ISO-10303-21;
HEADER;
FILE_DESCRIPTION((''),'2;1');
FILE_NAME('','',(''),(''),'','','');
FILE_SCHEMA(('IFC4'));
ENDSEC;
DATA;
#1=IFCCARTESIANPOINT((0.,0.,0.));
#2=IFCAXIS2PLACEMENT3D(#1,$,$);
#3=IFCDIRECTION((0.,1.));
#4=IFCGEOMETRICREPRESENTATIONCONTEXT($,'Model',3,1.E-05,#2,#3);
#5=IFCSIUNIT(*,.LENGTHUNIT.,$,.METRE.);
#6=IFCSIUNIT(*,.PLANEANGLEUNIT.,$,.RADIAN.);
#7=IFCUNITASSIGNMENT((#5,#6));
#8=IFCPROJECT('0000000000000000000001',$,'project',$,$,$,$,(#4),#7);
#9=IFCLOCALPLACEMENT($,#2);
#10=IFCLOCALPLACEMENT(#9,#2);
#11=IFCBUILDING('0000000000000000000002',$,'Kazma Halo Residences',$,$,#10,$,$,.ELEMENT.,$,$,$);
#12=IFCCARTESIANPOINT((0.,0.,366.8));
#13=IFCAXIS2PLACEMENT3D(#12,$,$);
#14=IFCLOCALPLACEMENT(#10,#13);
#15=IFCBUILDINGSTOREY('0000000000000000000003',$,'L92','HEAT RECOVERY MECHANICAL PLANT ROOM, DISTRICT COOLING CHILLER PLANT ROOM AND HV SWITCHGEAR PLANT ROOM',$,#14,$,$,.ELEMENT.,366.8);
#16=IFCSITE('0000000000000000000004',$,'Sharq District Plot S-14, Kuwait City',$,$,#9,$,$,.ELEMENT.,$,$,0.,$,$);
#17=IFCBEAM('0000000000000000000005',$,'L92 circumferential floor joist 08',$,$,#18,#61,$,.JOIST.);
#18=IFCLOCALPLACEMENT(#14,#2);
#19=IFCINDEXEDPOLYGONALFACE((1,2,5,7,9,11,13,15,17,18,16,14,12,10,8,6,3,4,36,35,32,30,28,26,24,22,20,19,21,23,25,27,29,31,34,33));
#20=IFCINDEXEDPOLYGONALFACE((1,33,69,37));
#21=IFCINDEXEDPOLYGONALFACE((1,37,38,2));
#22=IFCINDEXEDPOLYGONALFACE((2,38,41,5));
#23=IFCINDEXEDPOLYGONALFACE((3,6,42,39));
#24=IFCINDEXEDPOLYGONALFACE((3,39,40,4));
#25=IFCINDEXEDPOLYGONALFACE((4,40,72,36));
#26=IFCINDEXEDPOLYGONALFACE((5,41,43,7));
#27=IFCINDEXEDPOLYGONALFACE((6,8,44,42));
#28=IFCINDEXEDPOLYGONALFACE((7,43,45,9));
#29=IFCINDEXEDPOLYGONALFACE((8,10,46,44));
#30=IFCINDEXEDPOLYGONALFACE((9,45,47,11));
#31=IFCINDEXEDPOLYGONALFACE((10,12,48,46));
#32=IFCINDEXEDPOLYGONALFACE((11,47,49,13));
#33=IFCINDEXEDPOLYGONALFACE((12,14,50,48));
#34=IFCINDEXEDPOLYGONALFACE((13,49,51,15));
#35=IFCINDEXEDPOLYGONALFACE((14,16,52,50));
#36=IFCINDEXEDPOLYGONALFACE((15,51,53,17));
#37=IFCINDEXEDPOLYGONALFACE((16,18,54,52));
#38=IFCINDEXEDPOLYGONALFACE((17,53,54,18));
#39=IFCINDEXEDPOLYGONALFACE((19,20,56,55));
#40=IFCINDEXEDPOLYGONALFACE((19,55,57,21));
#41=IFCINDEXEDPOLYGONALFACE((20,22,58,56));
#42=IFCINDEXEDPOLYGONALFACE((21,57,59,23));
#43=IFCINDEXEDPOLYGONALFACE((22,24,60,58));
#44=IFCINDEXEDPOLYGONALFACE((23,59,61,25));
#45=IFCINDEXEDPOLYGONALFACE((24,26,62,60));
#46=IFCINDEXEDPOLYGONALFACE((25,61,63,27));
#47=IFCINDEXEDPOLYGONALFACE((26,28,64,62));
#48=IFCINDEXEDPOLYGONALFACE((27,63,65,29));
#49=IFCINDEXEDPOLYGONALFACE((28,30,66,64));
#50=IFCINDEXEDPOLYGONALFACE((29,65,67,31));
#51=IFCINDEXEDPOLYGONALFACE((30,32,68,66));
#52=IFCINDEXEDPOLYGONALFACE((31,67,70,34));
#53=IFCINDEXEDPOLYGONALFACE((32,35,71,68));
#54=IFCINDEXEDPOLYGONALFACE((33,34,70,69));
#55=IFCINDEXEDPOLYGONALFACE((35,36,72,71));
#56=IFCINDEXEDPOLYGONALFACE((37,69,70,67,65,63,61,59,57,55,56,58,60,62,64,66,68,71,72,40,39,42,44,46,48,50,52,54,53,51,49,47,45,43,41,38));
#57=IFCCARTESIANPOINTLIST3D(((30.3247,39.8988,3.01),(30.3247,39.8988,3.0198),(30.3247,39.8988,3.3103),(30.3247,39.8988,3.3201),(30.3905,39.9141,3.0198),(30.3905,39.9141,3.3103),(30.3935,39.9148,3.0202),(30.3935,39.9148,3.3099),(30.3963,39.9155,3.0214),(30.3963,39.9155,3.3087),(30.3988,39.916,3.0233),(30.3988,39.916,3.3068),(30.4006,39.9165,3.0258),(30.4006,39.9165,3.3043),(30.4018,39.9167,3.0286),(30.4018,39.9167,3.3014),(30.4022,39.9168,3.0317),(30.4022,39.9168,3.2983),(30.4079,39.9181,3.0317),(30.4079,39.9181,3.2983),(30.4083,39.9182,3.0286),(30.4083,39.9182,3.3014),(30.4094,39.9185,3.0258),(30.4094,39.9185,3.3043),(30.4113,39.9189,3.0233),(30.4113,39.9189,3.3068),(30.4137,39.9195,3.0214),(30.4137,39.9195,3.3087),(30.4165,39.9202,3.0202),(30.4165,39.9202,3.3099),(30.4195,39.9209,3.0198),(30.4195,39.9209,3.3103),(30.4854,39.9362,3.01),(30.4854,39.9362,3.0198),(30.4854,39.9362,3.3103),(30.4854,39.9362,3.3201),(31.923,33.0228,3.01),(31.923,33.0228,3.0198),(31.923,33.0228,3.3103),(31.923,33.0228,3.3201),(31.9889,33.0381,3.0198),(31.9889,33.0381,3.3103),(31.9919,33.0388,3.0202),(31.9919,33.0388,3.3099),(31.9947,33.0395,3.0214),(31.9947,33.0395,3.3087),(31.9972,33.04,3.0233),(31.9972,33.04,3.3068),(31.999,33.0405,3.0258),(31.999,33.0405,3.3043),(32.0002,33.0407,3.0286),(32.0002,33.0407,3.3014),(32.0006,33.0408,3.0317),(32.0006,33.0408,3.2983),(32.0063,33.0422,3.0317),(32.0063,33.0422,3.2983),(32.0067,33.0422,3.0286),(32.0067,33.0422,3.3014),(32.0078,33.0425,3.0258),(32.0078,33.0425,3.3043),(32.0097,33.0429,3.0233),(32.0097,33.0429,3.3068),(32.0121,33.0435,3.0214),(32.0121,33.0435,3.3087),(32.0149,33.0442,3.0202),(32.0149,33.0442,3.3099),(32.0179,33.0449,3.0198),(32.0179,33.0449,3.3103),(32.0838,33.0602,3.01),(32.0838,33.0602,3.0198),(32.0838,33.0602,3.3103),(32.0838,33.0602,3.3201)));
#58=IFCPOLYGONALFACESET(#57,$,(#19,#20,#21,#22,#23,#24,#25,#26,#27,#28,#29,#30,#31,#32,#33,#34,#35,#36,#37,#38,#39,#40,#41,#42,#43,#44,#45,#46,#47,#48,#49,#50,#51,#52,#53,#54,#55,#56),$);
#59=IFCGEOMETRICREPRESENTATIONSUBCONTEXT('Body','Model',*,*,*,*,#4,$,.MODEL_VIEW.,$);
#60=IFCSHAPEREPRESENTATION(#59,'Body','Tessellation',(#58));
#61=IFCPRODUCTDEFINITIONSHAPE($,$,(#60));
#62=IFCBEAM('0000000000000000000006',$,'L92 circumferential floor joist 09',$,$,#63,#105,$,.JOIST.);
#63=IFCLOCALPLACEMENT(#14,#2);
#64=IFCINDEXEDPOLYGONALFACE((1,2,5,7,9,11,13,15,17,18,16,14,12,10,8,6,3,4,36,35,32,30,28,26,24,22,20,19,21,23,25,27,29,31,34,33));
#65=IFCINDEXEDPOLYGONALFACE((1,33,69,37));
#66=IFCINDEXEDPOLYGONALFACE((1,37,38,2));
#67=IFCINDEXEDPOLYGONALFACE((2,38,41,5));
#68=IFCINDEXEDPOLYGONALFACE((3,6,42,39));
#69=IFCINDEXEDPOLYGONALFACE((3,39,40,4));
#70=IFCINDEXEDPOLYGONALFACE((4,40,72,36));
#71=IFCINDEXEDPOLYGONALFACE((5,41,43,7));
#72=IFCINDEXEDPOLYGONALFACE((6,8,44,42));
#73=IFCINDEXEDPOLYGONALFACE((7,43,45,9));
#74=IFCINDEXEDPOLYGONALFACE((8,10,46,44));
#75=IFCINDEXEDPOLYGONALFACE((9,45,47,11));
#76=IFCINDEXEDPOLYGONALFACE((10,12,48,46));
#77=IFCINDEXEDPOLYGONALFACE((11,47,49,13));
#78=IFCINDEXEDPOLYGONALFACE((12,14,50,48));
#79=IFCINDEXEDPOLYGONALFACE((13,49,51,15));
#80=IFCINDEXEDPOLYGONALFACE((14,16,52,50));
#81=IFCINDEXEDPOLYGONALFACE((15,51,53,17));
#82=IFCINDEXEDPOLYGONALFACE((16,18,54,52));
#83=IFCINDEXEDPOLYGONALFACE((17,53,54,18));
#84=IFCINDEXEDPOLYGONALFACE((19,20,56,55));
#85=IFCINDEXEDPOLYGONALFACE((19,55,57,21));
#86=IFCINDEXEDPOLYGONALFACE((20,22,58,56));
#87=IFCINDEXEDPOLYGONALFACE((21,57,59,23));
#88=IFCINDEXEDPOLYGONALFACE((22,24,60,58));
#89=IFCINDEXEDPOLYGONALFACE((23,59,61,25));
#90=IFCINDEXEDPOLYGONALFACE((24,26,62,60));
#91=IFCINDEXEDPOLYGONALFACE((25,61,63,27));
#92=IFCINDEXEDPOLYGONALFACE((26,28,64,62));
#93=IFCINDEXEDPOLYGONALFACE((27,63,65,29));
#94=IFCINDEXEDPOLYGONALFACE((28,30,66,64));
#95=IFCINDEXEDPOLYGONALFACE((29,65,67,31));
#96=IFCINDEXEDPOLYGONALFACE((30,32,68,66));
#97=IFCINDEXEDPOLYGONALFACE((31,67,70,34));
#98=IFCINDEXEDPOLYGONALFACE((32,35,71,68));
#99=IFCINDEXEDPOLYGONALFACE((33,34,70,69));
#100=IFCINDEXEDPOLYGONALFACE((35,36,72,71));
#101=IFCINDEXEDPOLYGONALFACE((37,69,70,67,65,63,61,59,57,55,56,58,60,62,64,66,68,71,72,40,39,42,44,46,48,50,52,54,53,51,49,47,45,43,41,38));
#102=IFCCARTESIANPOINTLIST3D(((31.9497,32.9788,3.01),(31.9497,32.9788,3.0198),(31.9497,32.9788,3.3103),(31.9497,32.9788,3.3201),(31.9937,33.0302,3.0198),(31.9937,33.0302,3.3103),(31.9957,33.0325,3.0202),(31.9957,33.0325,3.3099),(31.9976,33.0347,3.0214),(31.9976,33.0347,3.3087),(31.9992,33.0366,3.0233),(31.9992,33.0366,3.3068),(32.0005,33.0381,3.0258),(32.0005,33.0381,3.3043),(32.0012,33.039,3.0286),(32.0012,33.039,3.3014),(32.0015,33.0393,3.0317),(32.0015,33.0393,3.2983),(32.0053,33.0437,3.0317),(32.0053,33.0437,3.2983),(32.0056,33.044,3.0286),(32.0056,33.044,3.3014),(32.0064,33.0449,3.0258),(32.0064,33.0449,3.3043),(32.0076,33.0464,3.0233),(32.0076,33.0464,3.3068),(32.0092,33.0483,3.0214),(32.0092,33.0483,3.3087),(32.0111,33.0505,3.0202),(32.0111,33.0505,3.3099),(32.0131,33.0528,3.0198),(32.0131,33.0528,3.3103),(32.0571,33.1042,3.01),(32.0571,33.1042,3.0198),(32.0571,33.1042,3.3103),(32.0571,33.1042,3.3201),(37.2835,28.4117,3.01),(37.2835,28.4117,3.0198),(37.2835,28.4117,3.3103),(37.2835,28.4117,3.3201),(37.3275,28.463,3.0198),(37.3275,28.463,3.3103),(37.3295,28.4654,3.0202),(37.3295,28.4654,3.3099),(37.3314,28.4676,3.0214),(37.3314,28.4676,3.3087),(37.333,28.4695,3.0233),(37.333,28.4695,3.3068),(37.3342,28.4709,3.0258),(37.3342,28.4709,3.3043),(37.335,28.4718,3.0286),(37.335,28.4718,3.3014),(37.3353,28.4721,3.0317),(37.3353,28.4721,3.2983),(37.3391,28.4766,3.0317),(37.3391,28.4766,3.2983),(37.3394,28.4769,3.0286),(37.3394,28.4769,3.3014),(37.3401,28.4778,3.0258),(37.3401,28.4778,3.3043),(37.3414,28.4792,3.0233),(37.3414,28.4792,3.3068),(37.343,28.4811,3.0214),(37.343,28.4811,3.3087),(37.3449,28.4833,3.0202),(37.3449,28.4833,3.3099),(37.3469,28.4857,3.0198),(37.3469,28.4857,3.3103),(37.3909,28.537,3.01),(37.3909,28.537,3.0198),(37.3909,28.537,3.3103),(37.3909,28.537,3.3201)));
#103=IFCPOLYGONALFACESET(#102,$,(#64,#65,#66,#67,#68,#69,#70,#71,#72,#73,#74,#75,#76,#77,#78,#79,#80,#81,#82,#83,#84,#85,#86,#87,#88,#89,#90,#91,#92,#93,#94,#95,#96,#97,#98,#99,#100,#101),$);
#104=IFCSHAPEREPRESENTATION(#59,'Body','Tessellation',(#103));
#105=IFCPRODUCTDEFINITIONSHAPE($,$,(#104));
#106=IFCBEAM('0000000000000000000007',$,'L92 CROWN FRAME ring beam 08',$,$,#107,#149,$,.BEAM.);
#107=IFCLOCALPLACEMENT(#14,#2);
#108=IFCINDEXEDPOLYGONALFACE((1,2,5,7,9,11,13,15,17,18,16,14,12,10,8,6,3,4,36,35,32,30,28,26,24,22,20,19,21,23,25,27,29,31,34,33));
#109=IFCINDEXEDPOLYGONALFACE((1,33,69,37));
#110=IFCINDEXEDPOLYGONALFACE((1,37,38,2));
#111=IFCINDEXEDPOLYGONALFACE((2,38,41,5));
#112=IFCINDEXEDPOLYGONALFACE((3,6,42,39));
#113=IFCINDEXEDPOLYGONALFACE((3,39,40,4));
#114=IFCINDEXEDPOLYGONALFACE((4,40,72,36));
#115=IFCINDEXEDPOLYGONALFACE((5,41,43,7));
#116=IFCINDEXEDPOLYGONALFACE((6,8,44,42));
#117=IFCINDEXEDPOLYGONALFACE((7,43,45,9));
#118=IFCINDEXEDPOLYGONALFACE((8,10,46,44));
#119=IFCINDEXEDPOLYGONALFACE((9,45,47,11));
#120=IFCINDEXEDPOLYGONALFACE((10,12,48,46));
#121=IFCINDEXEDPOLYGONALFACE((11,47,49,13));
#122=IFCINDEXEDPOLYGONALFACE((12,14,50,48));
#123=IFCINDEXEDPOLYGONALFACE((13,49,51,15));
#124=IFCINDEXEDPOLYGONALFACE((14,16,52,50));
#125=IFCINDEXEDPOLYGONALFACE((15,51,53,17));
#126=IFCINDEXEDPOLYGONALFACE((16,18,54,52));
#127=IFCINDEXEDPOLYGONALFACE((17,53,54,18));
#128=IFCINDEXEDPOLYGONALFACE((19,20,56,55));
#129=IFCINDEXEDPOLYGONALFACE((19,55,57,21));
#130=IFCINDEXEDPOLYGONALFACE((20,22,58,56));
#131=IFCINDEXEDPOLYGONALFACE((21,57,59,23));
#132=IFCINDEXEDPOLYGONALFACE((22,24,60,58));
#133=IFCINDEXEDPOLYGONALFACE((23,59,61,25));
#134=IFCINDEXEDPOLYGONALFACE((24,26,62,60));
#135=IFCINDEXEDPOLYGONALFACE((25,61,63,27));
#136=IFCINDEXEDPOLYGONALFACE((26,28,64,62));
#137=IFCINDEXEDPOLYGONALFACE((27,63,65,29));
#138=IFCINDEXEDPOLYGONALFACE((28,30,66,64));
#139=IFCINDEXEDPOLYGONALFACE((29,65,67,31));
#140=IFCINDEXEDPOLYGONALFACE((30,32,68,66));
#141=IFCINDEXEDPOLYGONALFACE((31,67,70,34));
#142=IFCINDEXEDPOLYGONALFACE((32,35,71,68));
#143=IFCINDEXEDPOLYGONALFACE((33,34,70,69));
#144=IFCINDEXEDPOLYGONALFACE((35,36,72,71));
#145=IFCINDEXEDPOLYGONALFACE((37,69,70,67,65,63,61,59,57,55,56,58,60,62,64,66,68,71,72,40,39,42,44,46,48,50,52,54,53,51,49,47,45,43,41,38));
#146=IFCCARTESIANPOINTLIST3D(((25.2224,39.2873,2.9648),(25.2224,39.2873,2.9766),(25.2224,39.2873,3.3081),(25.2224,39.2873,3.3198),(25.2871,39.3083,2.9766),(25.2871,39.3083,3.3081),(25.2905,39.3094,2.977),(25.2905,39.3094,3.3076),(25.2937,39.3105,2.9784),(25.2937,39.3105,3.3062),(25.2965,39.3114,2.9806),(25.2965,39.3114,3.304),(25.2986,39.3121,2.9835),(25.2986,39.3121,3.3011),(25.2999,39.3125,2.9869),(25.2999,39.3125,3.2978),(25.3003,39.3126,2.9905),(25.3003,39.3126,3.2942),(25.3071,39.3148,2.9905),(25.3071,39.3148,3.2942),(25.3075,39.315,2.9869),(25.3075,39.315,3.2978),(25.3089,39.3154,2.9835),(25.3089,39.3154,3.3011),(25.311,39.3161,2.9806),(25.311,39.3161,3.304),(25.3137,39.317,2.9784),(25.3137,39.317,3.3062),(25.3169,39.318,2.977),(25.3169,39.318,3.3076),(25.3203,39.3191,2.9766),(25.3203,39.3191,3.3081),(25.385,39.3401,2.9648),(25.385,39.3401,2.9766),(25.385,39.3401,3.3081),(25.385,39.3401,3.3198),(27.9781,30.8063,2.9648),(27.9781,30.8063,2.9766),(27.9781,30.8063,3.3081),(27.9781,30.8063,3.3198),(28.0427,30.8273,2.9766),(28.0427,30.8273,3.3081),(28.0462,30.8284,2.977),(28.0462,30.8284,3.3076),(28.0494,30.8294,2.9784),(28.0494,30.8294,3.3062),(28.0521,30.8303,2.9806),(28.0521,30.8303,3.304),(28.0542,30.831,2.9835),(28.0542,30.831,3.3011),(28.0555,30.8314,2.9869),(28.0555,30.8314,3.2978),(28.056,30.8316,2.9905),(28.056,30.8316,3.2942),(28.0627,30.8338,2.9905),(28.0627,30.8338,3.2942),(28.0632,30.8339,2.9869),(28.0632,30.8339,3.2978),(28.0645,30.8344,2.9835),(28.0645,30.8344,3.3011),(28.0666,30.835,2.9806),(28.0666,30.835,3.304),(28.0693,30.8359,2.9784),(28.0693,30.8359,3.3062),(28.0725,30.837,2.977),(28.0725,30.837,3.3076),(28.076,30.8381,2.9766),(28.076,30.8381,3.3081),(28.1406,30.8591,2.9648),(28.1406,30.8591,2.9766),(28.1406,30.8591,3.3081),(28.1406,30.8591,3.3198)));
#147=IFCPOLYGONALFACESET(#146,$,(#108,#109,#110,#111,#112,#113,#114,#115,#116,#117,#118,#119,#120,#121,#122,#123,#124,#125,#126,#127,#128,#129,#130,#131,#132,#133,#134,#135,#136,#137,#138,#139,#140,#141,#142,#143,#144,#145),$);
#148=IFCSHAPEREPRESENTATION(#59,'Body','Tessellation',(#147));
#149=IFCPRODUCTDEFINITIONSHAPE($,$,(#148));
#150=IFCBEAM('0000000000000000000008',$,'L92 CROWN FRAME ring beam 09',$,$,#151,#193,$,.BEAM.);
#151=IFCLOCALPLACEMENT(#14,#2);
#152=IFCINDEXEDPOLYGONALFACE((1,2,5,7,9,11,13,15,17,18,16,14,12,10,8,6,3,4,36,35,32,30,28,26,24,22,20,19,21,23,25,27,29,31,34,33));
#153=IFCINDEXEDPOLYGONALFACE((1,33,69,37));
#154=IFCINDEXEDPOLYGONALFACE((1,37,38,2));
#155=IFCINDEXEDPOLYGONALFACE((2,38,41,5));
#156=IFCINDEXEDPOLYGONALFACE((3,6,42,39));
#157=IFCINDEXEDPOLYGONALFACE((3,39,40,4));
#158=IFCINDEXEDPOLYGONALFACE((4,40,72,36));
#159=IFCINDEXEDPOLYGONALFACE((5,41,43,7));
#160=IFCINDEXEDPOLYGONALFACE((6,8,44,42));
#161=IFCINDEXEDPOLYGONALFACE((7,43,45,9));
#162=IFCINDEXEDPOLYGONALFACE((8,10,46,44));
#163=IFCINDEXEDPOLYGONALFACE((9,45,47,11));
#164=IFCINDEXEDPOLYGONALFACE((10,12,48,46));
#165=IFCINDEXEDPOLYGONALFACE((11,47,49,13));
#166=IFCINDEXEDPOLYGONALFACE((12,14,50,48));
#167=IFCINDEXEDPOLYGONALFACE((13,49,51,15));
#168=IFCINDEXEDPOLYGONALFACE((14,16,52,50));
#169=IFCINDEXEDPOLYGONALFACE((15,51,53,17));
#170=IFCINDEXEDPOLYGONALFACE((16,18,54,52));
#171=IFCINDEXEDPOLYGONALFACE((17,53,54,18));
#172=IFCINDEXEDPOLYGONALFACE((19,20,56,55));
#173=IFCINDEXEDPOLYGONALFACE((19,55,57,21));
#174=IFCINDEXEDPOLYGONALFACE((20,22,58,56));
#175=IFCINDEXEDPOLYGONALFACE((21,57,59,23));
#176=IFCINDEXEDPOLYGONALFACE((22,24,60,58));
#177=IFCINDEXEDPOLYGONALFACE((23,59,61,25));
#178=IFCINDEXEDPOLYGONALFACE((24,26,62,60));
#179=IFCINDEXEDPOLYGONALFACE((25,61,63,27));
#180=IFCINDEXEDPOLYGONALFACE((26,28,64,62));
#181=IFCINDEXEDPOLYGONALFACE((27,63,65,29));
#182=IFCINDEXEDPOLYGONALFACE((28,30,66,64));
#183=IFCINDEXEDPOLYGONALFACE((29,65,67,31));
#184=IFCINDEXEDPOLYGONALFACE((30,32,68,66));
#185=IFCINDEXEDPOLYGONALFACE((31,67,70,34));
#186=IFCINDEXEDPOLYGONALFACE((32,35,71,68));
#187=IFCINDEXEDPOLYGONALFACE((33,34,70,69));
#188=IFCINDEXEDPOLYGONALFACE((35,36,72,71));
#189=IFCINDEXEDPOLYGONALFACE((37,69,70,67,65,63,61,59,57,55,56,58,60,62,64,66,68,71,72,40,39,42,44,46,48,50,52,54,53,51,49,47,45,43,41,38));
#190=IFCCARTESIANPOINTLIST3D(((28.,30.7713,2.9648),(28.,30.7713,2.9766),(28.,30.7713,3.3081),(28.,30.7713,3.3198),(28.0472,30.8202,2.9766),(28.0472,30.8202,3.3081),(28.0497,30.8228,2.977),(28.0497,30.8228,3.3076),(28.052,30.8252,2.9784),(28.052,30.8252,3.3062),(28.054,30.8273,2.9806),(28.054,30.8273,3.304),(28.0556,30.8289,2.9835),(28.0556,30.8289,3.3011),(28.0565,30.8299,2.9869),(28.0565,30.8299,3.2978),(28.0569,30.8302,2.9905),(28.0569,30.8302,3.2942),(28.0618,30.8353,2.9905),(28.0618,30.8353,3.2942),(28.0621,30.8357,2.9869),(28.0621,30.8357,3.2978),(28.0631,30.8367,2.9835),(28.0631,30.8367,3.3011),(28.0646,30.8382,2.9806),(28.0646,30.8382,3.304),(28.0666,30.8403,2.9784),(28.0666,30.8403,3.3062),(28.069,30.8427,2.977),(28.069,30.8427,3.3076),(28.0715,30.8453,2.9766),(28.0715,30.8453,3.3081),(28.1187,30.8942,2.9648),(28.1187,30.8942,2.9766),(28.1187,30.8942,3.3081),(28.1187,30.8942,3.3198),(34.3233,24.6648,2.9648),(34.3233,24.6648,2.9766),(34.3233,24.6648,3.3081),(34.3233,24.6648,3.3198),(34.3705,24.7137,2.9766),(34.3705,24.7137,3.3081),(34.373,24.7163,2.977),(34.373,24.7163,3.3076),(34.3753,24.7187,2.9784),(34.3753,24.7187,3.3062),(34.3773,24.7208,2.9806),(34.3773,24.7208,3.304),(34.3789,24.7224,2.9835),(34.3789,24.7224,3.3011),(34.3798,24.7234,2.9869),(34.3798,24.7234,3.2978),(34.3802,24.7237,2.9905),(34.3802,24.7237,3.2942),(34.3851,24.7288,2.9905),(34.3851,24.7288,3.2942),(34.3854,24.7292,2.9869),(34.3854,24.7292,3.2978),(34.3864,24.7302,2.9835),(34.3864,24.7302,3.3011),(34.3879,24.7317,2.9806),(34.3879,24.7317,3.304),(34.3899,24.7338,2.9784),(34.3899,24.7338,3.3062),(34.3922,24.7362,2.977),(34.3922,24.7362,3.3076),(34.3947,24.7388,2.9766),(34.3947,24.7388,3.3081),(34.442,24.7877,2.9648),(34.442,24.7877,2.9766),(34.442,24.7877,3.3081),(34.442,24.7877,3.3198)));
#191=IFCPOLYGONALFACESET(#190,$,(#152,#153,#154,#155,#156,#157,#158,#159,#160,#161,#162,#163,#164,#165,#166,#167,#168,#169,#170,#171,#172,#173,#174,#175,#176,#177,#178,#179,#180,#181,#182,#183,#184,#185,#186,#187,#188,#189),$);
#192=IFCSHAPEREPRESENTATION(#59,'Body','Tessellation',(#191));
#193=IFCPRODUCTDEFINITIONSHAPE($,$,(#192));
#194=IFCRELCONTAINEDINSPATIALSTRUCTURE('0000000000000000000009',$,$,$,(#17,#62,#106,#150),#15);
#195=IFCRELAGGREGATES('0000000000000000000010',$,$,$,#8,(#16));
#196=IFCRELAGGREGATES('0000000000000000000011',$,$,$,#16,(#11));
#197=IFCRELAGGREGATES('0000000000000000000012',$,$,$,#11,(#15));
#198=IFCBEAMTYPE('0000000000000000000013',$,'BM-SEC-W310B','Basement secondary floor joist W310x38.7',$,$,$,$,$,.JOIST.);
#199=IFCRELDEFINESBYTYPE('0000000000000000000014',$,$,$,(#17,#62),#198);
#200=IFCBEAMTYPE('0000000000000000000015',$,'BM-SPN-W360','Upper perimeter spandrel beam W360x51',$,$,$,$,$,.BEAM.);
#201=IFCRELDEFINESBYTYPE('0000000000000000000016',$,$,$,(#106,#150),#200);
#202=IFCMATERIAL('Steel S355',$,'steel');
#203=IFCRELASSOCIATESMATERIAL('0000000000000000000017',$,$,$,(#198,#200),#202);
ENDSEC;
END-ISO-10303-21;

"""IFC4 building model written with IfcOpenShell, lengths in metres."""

from ifc_helpers import new_model, si_unit, direction, frame, origin, origin_2d, place, context, subcontext, project, spatial, i_section, extrude, material, material_profile, profile_set, type_object, element, save


model = new_model("IFC4")

# Units and contexts
model_context = context("Model", 3, precision=1e-05, world=origin(), true_north=direction((0.0, 1.0)))
body_context = subcontext(model_context, "Body", "Model", "MODEL_VIEW")
ifc_project = project(units=[si_unit("LENGTHUNIT", "METRE"), si_unit("PLANEANGLEUNIT", "RADIAN")], contexts=[model_context])

# Site, building, storey
site_placement = place(None, origin())
site = spatial("IfcSite", under=ifc_project, at=site_placement, Name="Sharq District Plot S-14, Kuwait City", CompositionType="ELEMENT", RefElevation=0.0)
building_placement = place(site_placement, origin())
building = spatial("IfcBuilding", under=site, at=building_placement, Name="Kazma Halo Residences", CompositionType="ELEMENT")
storey_placement = place(building_placement, frame((0.0, 0.0, 366.8)))
storey = spatial("IfcBuildingStorey", under=building, at=storey_placement, Name="L92", Description="HEAT RECOVERY MECHANICAL PLANT ROOM, DISTRICT COOLING CHILLER PLANT ROOM AND HV SWITCHGEAR PLANT ROOM", CompositionType="ELEMENT", Elevation=366.8)

# Shared definitions
ifc_material_1 = material(Name="Steel S355", Category="steel")

# Beams
ifc_material_profile_1 = material_profile(ifc_material_1, i_section(OverallWidth=0.165, OverallDepth=0.3101, WebThickness=0.0059, FlangeThickness=0.0098, FilletRadius=0.012, at=origin_2d()), Name="W310x38.7")
ifc_profile_set_1 = profile_set([ifc_material_profile_1], Name="Steel S355")
beam_type_1 = type_object("IfcBeamType", Name="BM-SEC-W310B", Description="Basement secondary floor joist W310x38.7", PredefinedType="JOIST", material=ifc_profile_set_1)
beam_1_placement = place(storey_placement, frame((30.405, 39.9175, 3.165), z_axis=(0.226423, -0.974029, 0.0), x_axis=(0.974029, 0.226423, 0.0)))
element("IfcBeam", 1, at=beam_1_placement, inside=storey, type_object=beam_type_1, Name="L92 circumferential floor joist 08", PredefinedType="JOIST", context=body_context, shape_type="SweptSolid", body=[
    extrude(i_section(OverallWidth=0.165, OverallDepth=0.3101, WebThickness=0.0059, FlangeThickness=0.0098, FilletRadius=0.012, at=origin_2d()), origin(), (0.0, 0.0, 1.0), 7.0593),
])
beam_2_placement = place(storey_placement, frame((32.0034, 33.0415, 3.165), z_axis=(0.759583, -0.65041, 0.0), x_axis=(0.65041, 0.759583, 0.0)))
element("IfcBeam", 2, at=beam_2_placement, inside=storey, type_object=beam_type_1, Name="L92 circumferential floor joist 09", PredefinedType="JOIST", context=body_context, shape_type="SweptSolid", body=[
    extrude(i_section(OverallWidth=0.165, OverallDepth=0.3101, WebThickness=0.0059, FlangeThickness=0.0098, FilletRadius=0.012, at=origin_2d()), origin(), (0.0, 0.0, 1.0), 7.022),
])
ifc_material_profile_2 = material_profile(ifc_material_1, i_section(OverallWidth=0.1709, OverallDepth=0.355, WebThickness=0.0071, FlangeThickness=0.0117, FilletRadius=0.0139, at=origin_2d()), Name="W360x51")
ifc_profile_set_2 = profile_set([ifc_material_profile_2], Name="Steel S355")
beam_type_2 = type_object("IfcBeamType", Name="BM-SPN-W360", Description="Upper perimeter spandrel beam W360x51", PredefinedType="BEAM", material=ifc_profile_set_2)
beam_3_placement = place(storey_placement, frame((25.3037, 39.3137, 3.1423), z_axis=(0.309015, -0.951057, 0.0), x_axis=(0.951057, 0.309015, 0.0)))
element("IfcBeam", 3, at=beam_3_placement, inside=storey, type_object=beam_type_2, Name="L92 CROWN FRAME ring beam 08", PredefinedType="BEAM", context=body_context, shape_type="SweptSolid", body=[
    extrude(i_section(OverallWidth=0.1709, OverallDepth=0.355, WebThickness=0.0071, FlangeThickness=0.0117, FilletRadius=0.0139, at=origin_2d()), origin(), (0.0, 0.0, 1.0), 8.9175),
])
beam_4_placement = place(storey_placement, frame((28.0593, 30.8328, 3.1423), z_axis=(0.719331, -0.694668, 0.0), x_axis=(0.694668, 0.719331, 0.0)))
element("IfcBeam", 4, at=beam_4_placement, inside=storey, type_object=beam_type_2, Name="L92 CROWN FRAME ring beam 09", PredefinedType="BEAM", context=body_context, shape_type="SweptSolid", body=[
    extrude(i_section(OverallWidth=0.1709, OverallDepth=0.355, WebThickness=0.0071, FlangeThickness=0.0117, FilletRadius=0.0139, at=origin_2d()), origin(), (0.0, 0.0, 1.0), 8.7905),
])

save(model, "model.ifc")
